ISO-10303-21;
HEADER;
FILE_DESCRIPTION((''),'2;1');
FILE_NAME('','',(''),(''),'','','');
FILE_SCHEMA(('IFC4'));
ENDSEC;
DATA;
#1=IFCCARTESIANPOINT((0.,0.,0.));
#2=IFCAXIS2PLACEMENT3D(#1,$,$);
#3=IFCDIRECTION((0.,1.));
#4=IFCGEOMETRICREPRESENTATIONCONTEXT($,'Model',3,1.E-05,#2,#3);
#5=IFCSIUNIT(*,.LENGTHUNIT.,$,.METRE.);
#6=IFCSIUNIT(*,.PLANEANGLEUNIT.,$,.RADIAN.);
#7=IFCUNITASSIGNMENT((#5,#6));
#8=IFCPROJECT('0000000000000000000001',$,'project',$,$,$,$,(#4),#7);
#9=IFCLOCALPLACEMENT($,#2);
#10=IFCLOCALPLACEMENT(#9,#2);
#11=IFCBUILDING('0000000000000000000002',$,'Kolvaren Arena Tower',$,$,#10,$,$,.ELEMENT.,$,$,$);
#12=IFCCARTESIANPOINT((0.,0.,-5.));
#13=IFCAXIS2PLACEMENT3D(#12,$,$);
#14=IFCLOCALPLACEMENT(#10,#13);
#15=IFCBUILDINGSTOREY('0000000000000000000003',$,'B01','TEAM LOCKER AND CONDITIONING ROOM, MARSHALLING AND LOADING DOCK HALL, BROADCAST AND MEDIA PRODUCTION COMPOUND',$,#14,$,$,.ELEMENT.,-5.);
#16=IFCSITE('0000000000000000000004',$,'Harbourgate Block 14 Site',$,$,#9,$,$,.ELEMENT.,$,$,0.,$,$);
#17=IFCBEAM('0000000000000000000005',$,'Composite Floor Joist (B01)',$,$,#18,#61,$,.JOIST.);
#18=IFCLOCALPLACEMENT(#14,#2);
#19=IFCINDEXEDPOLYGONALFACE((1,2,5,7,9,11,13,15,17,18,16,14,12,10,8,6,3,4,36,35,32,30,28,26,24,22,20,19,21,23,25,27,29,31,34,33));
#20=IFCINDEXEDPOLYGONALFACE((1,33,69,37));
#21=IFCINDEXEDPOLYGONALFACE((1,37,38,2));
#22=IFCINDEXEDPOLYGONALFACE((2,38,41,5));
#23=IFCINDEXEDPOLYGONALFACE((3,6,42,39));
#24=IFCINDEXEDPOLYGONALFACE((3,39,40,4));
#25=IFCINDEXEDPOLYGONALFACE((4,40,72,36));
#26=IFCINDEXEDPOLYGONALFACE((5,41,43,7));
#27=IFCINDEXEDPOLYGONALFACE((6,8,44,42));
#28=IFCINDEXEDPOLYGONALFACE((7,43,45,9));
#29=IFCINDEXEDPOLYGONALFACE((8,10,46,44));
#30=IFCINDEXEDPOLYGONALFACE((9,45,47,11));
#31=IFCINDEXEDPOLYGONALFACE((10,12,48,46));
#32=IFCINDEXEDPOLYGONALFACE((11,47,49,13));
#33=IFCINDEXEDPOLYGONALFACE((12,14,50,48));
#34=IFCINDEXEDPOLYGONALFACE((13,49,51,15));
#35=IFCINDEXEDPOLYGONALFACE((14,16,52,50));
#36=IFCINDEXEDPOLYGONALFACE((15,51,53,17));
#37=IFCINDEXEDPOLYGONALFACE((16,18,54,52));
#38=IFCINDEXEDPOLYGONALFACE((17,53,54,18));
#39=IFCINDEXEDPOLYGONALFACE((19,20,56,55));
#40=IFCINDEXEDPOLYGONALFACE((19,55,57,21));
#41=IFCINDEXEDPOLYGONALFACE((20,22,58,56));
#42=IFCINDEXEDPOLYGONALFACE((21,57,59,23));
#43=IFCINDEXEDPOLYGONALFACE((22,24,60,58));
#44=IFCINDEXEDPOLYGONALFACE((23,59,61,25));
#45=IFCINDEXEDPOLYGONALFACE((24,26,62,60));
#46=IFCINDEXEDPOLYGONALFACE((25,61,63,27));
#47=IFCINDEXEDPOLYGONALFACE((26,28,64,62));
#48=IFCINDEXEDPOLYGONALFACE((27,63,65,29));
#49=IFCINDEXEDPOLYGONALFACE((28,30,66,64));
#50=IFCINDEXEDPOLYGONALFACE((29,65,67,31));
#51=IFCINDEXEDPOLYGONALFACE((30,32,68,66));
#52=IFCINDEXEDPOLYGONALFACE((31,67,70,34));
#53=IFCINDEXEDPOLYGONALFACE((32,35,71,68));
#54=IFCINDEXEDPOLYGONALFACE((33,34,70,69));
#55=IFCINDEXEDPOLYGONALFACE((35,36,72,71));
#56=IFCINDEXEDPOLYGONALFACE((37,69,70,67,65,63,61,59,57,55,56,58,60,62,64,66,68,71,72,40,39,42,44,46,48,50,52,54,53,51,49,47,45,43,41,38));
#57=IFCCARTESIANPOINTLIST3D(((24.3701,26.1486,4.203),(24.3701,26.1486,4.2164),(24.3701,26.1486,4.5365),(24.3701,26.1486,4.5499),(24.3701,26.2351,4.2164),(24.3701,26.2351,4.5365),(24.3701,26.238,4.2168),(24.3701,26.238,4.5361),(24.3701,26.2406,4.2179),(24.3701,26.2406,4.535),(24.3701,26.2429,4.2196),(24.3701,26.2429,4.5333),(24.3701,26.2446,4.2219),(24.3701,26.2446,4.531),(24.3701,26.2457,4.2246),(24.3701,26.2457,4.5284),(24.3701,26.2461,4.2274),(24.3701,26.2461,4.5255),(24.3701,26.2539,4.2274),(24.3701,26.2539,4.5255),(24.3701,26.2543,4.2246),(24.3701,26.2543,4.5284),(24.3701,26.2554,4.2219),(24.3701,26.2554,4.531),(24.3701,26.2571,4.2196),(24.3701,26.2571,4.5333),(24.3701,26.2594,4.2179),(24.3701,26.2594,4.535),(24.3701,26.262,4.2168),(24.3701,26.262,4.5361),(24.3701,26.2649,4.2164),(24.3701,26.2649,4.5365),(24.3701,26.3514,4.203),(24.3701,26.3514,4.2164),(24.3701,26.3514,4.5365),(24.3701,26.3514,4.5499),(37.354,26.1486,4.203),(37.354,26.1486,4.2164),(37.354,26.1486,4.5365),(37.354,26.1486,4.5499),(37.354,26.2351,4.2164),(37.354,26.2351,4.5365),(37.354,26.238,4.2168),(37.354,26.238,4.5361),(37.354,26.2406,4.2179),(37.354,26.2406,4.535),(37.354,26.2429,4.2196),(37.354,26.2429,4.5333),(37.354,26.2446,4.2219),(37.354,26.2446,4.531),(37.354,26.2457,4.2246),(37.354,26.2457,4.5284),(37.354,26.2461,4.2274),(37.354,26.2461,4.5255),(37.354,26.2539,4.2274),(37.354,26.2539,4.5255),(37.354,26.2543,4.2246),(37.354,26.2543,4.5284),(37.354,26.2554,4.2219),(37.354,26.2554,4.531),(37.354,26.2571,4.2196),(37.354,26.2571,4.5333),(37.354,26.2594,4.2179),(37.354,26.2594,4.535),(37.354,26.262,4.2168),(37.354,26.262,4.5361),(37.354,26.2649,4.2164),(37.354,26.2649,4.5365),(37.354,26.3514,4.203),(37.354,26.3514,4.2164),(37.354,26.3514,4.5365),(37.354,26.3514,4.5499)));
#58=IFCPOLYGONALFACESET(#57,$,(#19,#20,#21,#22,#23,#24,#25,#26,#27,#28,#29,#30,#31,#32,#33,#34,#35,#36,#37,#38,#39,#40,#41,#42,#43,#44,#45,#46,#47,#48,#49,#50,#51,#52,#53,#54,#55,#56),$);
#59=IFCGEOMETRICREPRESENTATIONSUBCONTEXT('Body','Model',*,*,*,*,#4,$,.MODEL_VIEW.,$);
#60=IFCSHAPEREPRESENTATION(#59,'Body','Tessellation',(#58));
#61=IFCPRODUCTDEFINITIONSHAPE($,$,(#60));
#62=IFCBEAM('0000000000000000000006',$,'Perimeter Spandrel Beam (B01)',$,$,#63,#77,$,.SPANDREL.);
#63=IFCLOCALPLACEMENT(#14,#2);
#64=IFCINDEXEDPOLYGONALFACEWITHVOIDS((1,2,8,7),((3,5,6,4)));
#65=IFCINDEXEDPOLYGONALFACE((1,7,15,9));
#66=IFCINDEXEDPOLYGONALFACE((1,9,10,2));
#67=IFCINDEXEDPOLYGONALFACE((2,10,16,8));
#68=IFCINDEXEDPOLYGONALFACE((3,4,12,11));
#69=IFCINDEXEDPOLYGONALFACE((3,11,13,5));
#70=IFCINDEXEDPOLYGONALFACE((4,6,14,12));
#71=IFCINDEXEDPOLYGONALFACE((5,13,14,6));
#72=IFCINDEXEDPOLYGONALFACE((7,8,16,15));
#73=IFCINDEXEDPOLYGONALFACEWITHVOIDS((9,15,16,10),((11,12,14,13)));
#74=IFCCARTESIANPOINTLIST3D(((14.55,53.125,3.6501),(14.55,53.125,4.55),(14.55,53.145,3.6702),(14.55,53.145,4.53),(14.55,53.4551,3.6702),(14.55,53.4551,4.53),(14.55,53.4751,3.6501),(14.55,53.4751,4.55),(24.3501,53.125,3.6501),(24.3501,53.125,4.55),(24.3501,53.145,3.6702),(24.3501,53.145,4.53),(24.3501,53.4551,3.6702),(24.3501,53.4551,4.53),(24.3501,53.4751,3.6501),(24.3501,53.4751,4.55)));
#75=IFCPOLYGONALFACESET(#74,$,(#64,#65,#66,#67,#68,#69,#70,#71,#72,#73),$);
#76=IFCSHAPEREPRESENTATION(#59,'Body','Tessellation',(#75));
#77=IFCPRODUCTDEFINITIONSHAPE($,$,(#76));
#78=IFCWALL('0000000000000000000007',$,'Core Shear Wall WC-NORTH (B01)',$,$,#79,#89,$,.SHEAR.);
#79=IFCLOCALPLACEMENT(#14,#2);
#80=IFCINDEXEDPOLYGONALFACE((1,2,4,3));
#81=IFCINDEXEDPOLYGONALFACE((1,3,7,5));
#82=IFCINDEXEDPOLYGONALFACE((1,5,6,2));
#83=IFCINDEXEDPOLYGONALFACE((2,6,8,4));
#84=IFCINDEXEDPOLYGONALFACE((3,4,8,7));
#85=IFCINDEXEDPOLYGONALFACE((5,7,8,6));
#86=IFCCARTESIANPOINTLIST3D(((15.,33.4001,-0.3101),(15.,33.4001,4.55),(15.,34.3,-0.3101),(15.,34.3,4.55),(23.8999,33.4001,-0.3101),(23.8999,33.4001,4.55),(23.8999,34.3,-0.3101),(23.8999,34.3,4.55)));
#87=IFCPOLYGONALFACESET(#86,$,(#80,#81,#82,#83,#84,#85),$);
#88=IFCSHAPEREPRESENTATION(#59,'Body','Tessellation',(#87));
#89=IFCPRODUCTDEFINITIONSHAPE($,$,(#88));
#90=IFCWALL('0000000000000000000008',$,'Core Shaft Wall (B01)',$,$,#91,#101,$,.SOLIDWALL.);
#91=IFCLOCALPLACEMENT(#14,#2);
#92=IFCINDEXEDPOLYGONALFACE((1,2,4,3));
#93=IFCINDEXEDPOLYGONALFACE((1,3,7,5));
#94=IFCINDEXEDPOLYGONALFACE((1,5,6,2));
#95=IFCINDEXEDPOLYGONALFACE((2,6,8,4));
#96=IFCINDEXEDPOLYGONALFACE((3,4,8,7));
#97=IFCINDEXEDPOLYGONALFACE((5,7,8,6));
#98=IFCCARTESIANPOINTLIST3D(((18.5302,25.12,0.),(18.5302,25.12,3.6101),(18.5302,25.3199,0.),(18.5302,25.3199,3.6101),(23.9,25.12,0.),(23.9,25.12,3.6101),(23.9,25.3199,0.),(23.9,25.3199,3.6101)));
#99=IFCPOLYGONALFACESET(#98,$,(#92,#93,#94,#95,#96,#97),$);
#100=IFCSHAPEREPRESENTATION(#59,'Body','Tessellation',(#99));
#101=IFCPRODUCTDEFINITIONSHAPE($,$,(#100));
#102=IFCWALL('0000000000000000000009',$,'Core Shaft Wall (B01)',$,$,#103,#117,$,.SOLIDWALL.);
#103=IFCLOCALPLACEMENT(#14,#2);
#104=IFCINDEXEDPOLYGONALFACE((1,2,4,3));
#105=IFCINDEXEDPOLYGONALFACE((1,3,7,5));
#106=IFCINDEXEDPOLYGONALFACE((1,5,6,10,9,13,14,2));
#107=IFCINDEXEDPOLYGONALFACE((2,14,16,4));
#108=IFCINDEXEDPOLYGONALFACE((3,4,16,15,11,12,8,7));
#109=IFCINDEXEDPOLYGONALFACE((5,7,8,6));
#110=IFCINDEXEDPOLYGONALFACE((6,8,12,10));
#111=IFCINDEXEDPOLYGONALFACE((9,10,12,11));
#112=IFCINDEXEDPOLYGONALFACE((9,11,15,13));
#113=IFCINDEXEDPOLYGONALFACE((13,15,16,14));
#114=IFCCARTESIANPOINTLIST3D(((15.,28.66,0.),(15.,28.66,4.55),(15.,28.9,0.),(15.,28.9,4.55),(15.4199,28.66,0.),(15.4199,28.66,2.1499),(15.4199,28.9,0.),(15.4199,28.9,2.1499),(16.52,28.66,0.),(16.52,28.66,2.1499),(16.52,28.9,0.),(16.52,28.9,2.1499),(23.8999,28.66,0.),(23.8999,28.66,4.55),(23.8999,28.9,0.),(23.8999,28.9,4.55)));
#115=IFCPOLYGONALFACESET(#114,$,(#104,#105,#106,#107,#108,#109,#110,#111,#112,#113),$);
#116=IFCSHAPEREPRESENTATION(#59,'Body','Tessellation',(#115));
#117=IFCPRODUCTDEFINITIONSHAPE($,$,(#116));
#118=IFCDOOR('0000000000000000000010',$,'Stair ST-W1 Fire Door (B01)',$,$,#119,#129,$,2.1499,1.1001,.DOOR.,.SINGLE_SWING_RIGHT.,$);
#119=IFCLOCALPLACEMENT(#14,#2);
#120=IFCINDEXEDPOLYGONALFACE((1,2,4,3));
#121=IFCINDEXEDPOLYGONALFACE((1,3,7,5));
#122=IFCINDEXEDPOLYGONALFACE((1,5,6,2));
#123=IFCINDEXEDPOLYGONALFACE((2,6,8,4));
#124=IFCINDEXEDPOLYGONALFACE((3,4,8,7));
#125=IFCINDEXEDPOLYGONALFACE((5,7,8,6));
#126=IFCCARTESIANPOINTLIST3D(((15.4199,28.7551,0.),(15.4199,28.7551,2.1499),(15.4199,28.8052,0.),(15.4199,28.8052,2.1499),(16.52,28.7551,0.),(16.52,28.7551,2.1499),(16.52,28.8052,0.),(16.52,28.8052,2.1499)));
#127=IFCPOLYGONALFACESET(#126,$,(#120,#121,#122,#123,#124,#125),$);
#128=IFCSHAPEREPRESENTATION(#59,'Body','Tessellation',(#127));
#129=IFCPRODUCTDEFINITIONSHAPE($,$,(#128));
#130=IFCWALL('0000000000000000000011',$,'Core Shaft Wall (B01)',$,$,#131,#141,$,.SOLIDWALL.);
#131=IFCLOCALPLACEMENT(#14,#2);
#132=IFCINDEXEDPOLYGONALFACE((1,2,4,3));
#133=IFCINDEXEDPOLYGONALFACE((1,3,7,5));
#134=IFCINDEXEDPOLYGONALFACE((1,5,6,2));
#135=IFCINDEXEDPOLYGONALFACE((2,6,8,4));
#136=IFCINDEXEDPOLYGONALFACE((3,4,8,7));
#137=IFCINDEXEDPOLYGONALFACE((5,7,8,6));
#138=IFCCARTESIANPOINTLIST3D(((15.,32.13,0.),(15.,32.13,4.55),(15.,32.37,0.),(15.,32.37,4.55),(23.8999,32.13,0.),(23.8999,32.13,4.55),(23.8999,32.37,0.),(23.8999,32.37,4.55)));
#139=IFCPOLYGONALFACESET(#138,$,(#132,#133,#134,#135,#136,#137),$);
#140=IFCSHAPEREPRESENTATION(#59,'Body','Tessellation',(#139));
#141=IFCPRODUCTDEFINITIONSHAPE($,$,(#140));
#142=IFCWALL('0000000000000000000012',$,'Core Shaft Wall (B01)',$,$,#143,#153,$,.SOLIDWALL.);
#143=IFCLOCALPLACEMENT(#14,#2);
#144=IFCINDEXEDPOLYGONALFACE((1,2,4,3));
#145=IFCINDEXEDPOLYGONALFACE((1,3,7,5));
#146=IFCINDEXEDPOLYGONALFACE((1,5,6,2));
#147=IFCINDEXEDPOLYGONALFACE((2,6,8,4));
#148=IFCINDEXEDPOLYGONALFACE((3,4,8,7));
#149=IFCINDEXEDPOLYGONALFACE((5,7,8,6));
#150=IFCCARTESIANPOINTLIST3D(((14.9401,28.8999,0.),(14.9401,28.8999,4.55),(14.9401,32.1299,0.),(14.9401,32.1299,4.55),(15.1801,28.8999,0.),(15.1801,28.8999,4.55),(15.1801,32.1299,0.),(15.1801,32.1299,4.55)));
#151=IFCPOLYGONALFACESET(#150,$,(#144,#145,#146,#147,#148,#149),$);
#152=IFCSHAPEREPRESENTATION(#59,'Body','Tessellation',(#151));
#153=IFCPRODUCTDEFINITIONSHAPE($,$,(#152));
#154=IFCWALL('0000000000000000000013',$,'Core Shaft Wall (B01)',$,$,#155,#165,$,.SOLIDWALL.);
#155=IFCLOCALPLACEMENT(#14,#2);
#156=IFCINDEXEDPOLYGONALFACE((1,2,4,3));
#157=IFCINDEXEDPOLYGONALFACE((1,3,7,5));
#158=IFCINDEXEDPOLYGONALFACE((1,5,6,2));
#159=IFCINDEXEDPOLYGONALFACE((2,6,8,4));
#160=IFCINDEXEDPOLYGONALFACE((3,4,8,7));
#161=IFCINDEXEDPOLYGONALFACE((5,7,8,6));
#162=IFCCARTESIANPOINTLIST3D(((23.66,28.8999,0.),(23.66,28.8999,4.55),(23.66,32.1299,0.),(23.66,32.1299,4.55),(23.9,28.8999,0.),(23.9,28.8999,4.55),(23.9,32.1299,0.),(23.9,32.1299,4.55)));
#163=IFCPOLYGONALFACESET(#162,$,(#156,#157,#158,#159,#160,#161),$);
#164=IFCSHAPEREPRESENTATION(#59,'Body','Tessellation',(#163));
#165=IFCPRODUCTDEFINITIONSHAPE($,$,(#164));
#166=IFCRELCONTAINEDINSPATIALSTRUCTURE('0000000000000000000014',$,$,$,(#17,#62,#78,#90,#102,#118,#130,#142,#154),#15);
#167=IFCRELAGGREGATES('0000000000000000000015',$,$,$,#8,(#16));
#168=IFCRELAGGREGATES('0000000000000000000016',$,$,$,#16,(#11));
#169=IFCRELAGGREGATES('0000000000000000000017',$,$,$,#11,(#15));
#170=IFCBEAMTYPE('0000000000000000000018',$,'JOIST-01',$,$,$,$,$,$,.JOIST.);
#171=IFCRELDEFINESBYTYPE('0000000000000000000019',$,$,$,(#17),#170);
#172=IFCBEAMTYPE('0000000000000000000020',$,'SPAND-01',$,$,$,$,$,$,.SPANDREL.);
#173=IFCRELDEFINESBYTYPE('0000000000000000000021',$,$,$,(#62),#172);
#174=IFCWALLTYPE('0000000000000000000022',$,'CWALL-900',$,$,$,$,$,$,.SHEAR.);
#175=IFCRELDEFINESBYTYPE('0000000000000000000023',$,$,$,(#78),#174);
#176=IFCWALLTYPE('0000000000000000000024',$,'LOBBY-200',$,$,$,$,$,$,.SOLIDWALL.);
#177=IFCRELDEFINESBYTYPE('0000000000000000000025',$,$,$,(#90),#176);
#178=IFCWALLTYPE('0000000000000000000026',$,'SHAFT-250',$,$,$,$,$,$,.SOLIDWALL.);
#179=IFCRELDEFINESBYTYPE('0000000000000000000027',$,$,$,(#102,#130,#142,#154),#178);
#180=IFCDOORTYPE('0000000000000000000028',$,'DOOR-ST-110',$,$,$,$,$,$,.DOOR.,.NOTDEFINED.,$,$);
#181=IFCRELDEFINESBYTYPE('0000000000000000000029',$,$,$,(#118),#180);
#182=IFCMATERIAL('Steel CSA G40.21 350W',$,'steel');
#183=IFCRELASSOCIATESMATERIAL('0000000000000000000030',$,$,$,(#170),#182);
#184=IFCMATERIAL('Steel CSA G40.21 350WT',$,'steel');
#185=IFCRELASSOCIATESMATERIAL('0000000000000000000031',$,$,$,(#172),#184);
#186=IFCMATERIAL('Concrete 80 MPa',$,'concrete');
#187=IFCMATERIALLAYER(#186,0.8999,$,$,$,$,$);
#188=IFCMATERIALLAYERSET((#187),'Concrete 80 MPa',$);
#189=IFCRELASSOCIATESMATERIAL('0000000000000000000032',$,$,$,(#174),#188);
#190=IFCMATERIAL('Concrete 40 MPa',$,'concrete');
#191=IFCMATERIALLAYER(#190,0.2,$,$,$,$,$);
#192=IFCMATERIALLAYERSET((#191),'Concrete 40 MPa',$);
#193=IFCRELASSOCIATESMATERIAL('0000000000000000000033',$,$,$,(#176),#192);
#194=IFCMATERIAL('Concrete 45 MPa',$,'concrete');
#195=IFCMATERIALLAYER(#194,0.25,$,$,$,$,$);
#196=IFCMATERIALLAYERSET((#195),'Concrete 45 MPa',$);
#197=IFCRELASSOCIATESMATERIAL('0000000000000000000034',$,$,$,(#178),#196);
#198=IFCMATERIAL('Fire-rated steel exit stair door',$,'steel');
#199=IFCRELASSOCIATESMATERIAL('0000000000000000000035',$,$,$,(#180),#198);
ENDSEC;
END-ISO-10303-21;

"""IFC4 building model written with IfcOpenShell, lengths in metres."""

from ifc_helpers import new_model, si_unit, direction, frame, frame_2d, origin, origin_2d, place, context, subcontext, project, spatial, rectangle, hollow_rectangle, i_section, extrude, material, layer, layer_set, material_profile, profile_set, type_object, element, fill, save


model = new_model("IFC4")

# Units and contexts
model_context = context("Model", 3, precision=1e-05, world=origin(), true_north=direction((0.0, 1.0)))
body_context = subcontext(model_context, "Body", "Model", "MODEL_VIEW")
ifc_project = project(units=[si_unit("LENGTHUNIT", "METRE"), si_unit("PLANEANGLEUNIT", "RADIAN")], contexts=[model_context])

# Site, building, storey
site_placement = place(None, origin())
site = spatial("IfcSite", under=ifc_project, at=site_placement, Name="Harbourgate Block 14 Site", CompositionType="ELEMENT", RefElevation=0.0)
building_placement = place(site_placement, origin())
building = spatial("IfcBuilding", under=site, at=building_placement, Name="Kolvaren Arena Tower", CompositionType="ELEMENT")
storey_placement = place(building_placement, frame((0.0, 0.0, -5.0)))
storey = spatial("IfcBuildingStorey", under=building, at=storey_placement, Name="B01", Description="TEAM LOCKER AND CONDITIONING ROOM, MARSHALLING AND LOADING DOCK HALL, BROADCAST AND MEDIA PRODUCTION COMPOUND", CompositionType="ELEMENT", Elevation=-5.0)

# Shared definitions
ifc_material_1 = material(Name="Concrete 80 MPa", Category="concrete")

# Beams
ifc_material_2 = material(Name="Steel CSA G40.21 350W", Category="steel")
ifc_material_profile_1 = material_profile(ifc_material_2, i_section(OverallWidth=0.2029, OverallDepth=0.3469, WebThickness=0.0078, FlangeThickness=0.0134, FilletRadius=0.011, at=origin_2d()), Name="W360x64")
ifc_profile_set_1 = profile_set([ifc_material_profile_1], Name="Steel CSA G40.21 350W")
beam_type_1 = type_object("IfcBeamType", Name="JOIST-01", PredefinedType="JOIST", material=ifc_profile_set_1)
beam_1_placement = place(storey_placement, frame((24.3701, 26.25, 4.3765), z_axis=(1.0, 0.0, 0.0), x_axis=(0.0, 1.0, 0.0)))
element("IfcBeam", 1, at=beam_1_placement, inside=storey, type_object=beam_type_1, Name="Composite Floor Joist (B01)", PredefinedType="JOIST", context=body_context, shape_type="SweptSolid", body=[
    extrude(i_section(OverallWidth=0.2029, OverallDepth=0.3469, WebThickness=0.0078, FlangeThickness=0.0134, FilletRadius=0.011, at=origin_2d()), origin(), (0.0, 0.0, 1.0), 12.9839),
])
ifc_material_3 = material(Name="Steel CSA G40.21 350WT", Category="steel")
ifc_material_profile_2 = material_profile(ifc_material_3, hollow_rectangle(XDim=0.3501, YDim=0.8999, WallThickness=0.02, at=origin_2d()), Name="HSS 900x350x20")
ifc_profile_set_2 = profile_set([ifc_material_profile_2], Name="Steel CSA G40.21 350WT")
beam_type_2 = type_object("IfcBeamType", Name="SPAND-01", PredefinedType="SPANDREL", material=ifc_profile_set_2)
beam_2_placement = place(storey_placement, frame((24.3501, 53.3, 4.1001), z_axis=(-1.0, 0.0, 0.0), x_axis=(0.0, -1.0, 0.0)))
element("IfcBeam", 2, at=beam_2_placement, inside=storey, type_object=beam_type_2, Name="Perimeter Spandrel Beam (B01)", PredefinedType="SPANDREL", context=body_context, shape_type="SweptSolid", body=[
    extrude(hollow_rectangle(XDim=0.3501, YDim=0.8999, WallThickness=0.02, at=origin_2d()), origin(), (0.0, 0.0, 1.0), 9.8),
])

# Walls
ifc_layer_1 = layer(ifc_material_1, 0.8999)
ifc_layer_set_1 = layer_set([ifc_layer_1], Name="Concrete 80 MPa")
wall_type_1 = type_object("IfcWallType", Name="CWALL-900", PredefinedType="SHEAR", material=ifc_layer_set_1)
wall_1_placement = place(storey_placement, frame((15.0, 33.8501, -0.3101), z_axis=(0.0, 0.0, 1.0), x_axis=(1.0, 0.0, 0.0)))
element("IfcWall", 3, at=wall_1_placement, inside=storey, type_object=wall_type_1, Name="Core Shear Wall WC-NORTH (B01)", PredefinedType="SHEAR", context=body_context, shape_type="SweptSolid", body=[
    extrude(rectangle(XDim=8.8999, YDim=0.8999, at=frame_2d((4.45, 0.0))), origin(), (0.0, 0.0, 1.0), 4.8601),
])
ifc_material_4 = material(Name="Concrete 40 MPa", Category="concrete")
ifc_layer_2 = layer(ifc_material_4, 0.2)
ifc_layer_set_2 = layer_set([ifc_layer_2], Name="Concrete 40 MPa")
wall_type_2 = type_object("IfcWallType", Name="LOBBY-200", PredefinedType="SOLIDWALL", material=ifc_layer_set_2)
wall_2_placement = place(storey_placement, frame((18.53, 25.22, 0.0), z_axis=(0.0, 0.0, 1.0), x_axis=(1.0, 0.0, 0.0)))
element("IfcWall", 4, at=wall_2_placement, inside=storey, type_object=wall_type_2, Name="Core Shaft Wall (B01)", PredefinedType="SOLIDWALL", context=body_context, shape_type="SweptSolid", body=[
    extrude(rectangle(XDim=5.3699, YDim=0.2, at=frame_2d((2.6851, 0.0))), origin(), (0.0, 0.0, 1.0), 3.6101),
])

# Wall, opening, door
ifc_material_5 = material(Name="Concrete 45 MPa", Category="concrete")
ifc_layer_3 = layer(ifc_material_5, 0.25)
ifc_layer_set_3 = layer_set([ifc_layer_3], Name="Concrete 45 MPa")
wall_type_3 = type_object("IfcWallType", Name="SHAFT-250", PredefinedType="SOLIDWALL", material=ifc_layer_set_3)
wall_3_placement = place(storey_placement, frame((23.8999, 28.78, 0.0), z_axis=(0.0, 0.0, 1.0), x_axis=(-1.0, 0.0, 0.0)))
wall_3 = element("IfcWall", 5, at=wall_3_placement, inside=storey, type_object=wall_type_3, Name="Core Shaft Wall (B01)", PredefinedType="SOLIDWALL", context=body_context, shape_type="SweptSolid", body=[
    extrude(rectangle(XDim=8.8999, YDim=0.24, at=frame_2d((4.45, 0.0))), origin(), (0.0, 0.0, 1.0), 4.55),
])
opening_1_placement = place(wall_3_placement, frame((7.3799, 0.0, 0.0)))
opening_1 = element("IfcOpeningElement", 6, at=opening_1_placement, cuts=wall_3, PredefinedType="OPENING", context=body_context, shape_type="SweptSolid", body=[
    extrude(rectangle(XDim=1.1001, YDim=2.1499, at=frame_2d((0.55, 1.075))), frame((0.0, 0.1299, 0.0), z_axis=(0.0, -1.0, 0.0), x_axis=(1.0, 0.0, 0.0)), (0.0, 0.0, 1.0), 0.26),
])
ifc_material_6 = material(Name="Fire-rated steel exit stair door", Category="steel")
door_type_1 = type_object("IfcDoorType", Name="DOOR-ST-110", OperationType="NOTDEFINED", PredefinedType="DOOR", material=ifc_material_6)
door_1_placement = place(opening_1_placement, origin())
door_1 = element("IfcDoor", 7, at=door_1_placement, inside=storey, type_object=door_type_1, Name="Stair ST-W1 Fire Door (B01)", OperationType="SINGLE_SWING_RIGHT", OverallHeight=2.1499, OverallWidth=1.1001, PredefinedType="DOOR", context=body_context, shape_type="SweptSolid", body=[
    extrude(rectangle(XDim=1.1001, YDim=2.1499, at=frame_2d((0.55, 1.075))), frame((0.0, 0.0249, 0.0), z_axis=(0.0, -1.0, 0.0), x_axis=(1.0, 0.0, 0.0)), (0.0, 0.0, 1.0), 0.05),
])
fill(opening_1, door_1)

# Walls
wall_4_placement = place(storey_placement, frame((15.0, 32.25, 0.0), z_axis=(0.0, 0.0, 1.0), x_axis=(1.0, 0.0, 0.0)))
element("IfcWall", 8, at=wall_4_placement, inside=storey, type_object=wall_type_3, Name="Core Shaft Wall (B01)", PredefinedType="SOLIDWALL", context=body_context, shape_type="SweptSolid", body=[
    extrude(rectangle(XDim=8.8999, YDim=0.24, at=frame_2d((4.45, 0.0))), origin(), (0.0, 0.0, 1.0), 4.55),
])
for number, where, z_axis, x_axis, name in (
    (9, (15.0601, 28.8999, 0.0), (0.0, 0.0, 1.0), (0.0, 1.0, 0.0), "Core Shaft Wall (B01)"),
    (10, (23.78, 28.8999, 0.0), (0.0, 0.0, 1.0), (0.0, 1.0, 0.0), "Core Shaft Wall (B01)"),
):
    element("IfcWall", number, at=place(storey_placement, frame(where, z_axis=z_axis, x_axis=x_axis)), inside=storey, type_object=wall_type_3, Name=name, PredefinedType="SOLIDWALL", context=body_context, shape_type="SweptSolid", body=[
        extrude(rectangle(XDim=3.23, YDim=0.24, at=frame_2d((1.615, 0.0))), origin(), (0.0, 0.0, 1.0), 4.55),
    ])

save(model, "model.ifc")
